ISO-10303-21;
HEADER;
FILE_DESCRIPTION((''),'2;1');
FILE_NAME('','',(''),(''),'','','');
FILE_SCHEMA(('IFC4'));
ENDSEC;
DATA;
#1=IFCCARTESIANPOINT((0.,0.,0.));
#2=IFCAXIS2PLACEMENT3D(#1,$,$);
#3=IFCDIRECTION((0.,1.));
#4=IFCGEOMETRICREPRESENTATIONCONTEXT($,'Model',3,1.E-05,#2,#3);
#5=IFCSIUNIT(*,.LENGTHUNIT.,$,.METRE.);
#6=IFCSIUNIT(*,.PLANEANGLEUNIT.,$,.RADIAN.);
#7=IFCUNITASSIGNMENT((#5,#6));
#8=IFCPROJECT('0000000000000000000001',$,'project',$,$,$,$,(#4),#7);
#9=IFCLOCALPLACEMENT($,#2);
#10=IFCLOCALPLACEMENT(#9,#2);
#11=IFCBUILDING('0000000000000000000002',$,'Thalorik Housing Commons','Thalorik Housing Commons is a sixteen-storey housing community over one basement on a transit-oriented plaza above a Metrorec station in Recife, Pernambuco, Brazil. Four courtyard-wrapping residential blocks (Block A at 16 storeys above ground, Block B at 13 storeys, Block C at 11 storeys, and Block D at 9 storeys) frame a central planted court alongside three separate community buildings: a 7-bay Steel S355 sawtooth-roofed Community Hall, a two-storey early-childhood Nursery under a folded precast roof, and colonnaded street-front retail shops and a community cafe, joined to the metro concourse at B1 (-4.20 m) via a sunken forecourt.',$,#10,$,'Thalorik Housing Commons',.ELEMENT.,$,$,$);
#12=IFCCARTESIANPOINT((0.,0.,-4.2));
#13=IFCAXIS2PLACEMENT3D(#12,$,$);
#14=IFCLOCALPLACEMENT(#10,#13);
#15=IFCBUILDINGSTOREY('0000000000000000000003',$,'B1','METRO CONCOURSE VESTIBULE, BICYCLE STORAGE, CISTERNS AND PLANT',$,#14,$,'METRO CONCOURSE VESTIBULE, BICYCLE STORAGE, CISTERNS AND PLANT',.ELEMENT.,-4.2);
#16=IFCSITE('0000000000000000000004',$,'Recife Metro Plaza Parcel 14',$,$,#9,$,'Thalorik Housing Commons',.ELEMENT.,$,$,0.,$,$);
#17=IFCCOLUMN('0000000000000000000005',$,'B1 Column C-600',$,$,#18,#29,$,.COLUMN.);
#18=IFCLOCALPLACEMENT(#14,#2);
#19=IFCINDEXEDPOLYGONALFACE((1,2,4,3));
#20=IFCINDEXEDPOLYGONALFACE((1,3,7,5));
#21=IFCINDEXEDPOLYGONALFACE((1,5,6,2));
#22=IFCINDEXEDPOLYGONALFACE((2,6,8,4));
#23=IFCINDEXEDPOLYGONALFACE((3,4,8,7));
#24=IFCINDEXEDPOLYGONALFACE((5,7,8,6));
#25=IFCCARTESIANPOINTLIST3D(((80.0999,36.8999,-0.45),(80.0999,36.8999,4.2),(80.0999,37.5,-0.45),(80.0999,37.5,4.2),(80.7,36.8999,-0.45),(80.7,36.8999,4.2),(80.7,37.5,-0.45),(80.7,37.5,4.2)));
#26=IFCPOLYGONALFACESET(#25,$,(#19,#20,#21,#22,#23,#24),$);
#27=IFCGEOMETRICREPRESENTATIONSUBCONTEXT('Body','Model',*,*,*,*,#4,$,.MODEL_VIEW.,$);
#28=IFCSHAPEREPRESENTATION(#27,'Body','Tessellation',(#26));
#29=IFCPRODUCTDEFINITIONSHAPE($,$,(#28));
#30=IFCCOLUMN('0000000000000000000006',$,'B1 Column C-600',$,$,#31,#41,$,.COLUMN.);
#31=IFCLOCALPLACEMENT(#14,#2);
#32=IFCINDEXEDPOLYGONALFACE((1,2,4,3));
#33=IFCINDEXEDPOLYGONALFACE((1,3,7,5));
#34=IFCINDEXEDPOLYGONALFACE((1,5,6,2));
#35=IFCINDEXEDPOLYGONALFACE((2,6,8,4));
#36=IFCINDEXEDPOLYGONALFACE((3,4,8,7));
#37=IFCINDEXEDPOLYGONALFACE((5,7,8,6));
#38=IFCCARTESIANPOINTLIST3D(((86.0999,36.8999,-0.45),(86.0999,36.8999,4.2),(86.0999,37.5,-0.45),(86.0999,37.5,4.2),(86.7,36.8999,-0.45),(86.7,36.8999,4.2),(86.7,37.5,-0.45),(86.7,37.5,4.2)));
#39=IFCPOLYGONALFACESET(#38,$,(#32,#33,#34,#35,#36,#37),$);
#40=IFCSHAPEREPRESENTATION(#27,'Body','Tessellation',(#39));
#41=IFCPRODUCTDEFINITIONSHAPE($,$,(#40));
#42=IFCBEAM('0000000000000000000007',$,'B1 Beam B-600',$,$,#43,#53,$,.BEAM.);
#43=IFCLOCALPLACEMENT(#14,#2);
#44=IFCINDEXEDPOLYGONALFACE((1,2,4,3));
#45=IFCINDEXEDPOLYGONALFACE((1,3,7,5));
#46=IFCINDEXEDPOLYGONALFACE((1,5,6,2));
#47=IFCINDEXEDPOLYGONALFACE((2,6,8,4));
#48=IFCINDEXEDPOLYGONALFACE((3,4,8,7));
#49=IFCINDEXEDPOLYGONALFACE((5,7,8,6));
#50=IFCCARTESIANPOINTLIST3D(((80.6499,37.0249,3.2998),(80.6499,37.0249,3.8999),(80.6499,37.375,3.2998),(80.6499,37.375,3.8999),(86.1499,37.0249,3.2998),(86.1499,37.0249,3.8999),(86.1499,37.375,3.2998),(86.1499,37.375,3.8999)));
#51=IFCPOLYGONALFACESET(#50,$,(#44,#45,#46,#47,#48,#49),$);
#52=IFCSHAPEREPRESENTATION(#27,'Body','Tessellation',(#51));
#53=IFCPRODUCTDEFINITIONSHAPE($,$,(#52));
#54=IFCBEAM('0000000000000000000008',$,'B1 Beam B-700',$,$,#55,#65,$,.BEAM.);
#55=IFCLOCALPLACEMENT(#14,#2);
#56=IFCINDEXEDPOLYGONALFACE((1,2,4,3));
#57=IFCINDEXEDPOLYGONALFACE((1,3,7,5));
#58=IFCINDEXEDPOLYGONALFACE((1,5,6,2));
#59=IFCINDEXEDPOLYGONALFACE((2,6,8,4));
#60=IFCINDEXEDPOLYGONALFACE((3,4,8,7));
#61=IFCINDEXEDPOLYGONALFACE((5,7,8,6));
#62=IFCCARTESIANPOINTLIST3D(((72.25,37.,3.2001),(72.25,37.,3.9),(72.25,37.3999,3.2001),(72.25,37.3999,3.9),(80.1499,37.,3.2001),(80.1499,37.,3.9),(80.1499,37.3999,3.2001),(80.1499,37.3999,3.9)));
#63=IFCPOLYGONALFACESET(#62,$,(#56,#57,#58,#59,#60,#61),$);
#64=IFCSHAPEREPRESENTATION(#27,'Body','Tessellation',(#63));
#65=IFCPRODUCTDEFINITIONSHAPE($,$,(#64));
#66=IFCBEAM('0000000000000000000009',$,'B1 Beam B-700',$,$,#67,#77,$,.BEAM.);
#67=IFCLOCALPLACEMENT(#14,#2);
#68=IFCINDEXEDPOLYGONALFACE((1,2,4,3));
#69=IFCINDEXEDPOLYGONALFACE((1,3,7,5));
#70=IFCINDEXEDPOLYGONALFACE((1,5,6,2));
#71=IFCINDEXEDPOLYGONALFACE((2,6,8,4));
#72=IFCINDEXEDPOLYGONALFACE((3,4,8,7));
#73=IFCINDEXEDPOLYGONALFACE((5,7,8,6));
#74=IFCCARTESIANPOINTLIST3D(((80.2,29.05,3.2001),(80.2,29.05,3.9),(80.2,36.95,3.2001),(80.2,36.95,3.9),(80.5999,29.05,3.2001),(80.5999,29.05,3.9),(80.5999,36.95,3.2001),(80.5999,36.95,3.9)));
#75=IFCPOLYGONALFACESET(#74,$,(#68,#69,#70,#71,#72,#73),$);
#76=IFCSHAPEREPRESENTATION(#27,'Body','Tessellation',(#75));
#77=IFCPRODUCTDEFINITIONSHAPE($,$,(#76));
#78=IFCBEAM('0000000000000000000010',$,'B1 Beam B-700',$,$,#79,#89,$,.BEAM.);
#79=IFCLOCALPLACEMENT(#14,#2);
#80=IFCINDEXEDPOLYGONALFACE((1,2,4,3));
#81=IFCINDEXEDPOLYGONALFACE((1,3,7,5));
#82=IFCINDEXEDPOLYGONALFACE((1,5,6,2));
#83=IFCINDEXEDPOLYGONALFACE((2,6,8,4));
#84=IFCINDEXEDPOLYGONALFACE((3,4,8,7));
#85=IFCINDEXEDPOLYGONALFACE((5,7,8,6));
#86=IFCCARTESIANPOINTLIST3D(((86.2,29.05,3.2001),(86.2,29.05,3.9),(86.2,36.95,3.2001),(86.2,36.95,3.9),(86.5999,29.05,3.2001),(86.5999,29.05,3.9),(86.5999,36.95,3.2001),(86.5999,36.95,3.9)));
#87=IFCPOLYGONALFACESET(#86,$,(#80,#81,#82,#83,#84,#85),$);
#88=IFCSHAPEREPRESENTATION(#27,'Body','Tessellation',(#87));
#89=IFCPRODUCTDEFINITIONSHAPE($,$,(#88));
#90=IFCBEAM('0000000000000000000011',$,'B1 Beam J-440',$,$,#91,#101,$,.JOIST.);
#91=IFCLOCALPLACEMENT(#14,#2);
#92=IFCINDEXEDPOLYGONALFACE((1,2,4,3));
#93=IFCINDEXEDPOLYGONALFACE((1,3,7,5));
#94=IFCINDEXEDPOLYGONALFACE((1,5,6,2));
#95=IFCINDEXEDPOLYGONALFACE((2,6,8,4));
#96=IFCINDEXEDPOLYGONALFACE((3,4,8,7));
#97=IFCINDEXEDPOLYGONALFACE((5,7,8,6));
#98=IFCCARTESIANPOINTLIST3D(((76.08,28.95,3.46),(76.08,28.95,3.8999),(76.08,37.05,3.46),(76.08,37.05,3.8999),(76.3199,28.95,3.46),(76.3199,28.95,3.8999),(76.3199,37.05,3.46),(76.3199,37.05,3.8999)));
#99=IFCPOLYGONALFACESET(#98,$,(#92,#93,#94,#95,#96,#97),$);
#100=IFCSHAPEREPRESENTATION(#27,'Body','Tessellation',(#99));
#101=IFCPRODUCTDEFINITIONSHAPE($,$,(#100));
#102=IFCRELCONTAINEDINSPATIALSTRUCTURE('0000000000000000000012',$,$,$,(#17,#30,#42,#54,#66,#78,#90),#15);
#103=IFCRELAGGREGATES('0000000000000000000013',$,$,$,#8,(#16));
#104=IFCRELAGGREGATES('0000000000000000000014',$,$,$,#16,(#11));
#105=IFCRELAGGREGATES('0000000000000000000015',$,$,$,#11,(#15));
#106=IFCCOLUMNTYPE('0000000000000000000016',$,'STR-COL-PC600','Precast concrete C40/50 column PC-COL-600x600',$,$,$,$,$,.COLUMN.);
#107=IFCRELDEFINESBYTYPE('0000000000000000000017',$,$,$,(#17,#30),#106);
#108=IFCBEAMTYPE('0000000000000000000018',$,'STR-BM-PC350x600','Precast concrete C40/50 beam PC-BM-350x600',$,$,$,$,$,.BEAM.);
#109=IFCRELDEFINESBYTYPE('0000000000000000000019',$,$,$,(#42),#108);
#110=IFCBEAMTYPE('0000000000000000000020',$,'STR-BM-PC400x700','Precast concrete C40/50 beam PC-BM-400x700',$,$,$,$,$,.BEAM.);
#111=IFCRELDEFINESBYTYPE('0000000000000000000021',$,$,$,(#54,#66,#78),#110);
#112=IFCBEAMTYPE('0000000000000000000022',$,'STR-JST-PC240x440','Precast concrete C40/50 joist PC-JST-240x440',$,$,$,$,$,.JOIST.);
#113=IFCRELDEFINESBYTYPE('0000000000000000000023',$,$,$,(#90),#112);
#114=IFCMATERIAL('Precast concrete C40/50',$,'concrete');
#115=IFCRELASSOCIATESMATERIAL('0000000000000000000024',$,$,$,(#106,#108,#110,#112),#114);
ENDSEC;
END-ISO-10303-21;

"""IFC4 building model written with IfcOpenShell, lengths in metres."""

from ifc_helpers import new_model, si_unit, direction, frame, origin, origin_2d, place, context, subcontext, project, spatial, rectangle, extrude, material, material_profile, profile_set, type_object, element, save


model = new_model("IFC4")

# Units and contexts
model_context = context("Model", 3, precision=1e-05, world=origin(), true_north=direction((0.0, 1.0)))
body_context = subcontext(model_context, "Body", "Model", "MODEL_VIEW")
ifc_project = project(units=[si_unit("LENGTHUNIT", "METRE"), si_unit("PLANEANGLEUNIT", "RADIAN")], contexts=[model_context])

# Site, building, storey
site_placement = place(None, origin())
site = spatial("IfcSite", under=ifc_project, at=site_placement, Name="Recife Metro Plaza Parcel 14", LongName="Thalorik Housing Commons", CompositionType="ELEMENT", RefElevation=0.0)
building_placement = place(site_placement, origin())
building = spatial("IfcBuilding", under=site, at=building_placement, Name="Thalorik Housing Commons", Description="Thalorik Housing Commons is a sixteen-storey housing community over one basement on a transit-oriented plaza above a Metrorec station in Recife, Pernambuco, Brazil. Four courtyard-wrapping residential blocks (Block A at 16 storeys above ground, Block B at 13 storeys, Block C at 11 storeys, and Block D at 9 storeys) frame a central planted court alongside three separate community buildings: a 7-bay Steel S355 sawtooth-roofed Community Hall, a two-storey early-childhood Nursery under a folded precast roof, and colonnaded street-front retail shops and a community cafe, joined to the metro concourse at B1 (-4.20 m) via a sunken forecourt.", LongName="Thalorik Housing Commons", CompositionType="ELEMENT")
storey_placement = place(building_placement, frame((0.0, 0.0, -4.2)))
storey = spatial("IfcBuildingStorey", under=building, at=storey_placement, Name="B1", Description="METRO CONCOURSE VESTIBULE, BICYCLE STORAGE, CISTERNS AND PLANT", LongName="METRO CONCOURSE VESTIBULE, BICYCLE STORAGE, CISTERNS AND PLANT", CompositionType="ELEMENT", Elevation=-4.2)

# Columns
ifc_material_1 = material(Name="Precast concrete C40/50", Category="concrete")
ifc_material_profile_1 = material_profile(ifc_material_1, rectangle(XDim=0.6001, YDim=0.6001, at=origin_2d()), Name="PC 600x600", Category="concrete")
ifc_profile_set_1 = profile_set([ifc_material_profile_1], Name="Precast concrete C40/50")
column_type_1 = type_object("IfcColumnType", Name="STR-COL-PC600", Description="Precast concrete C40/50 column PC-COL-600x600", PredefinedType="COLUMN", material=ifc_profile_set_1)
for number, where, z_axis, x_axis, name in (
    (1, (80.3999, 37.2, -0.45), (0.0, 0.0, 1.0), (1.0, 0.0, 0.0), "B1 Column C-600"),
    (2, (86.3999, 37.2, -0.45), (0.0, 0.0, 1.0), (1.0, 0.0, 0.0), "B1 Column C-600"),
):
    element("IfcColumn", number, at=place(storey_placement, frame(where, z_axis=z_axis, x_axis=x_axis)), inside=storey, type_object=column_type_1, Name=name, PredefinedType="COLUMN", context=body_context, shape_type="SweptSolid", body=[
        extrude(rectangle(XDim=0.6001, YDim=0.6001, at=origin_2d()), origin(), (0.0, 0.0, 1.0), 4.6499),
    ])

# Beams
ifc_material_profile_2 = material_profile(ifc_material_1, rectangle(XDim=0.3501, YDim=0.6001, at=origin_2d()), Name="PC 350x600", Category="concrete")
ifc_profile_set_2 = profile_set([ifc_material_profile_2], Name="Precast concrete C40/50")
beam_type_1 = type_object("IfcBeamType", Name="STR-BM-PC350x600", Description="Precast concrete C40/50 beam PC-BM-350x600", PredefinedType="BEAM", material=ifc_profile_set_2)
beam_1_placement = place(storey_placement, frame((80.6499, 37.2, 3.5999), z_axis=(1.0, 0.0, 0.0), x_axis=(0.0, 1.0, 0.0)))
element("IfcBeam", 3, at=beam_1_placement, inside=storey, type_object=beam_type_1, Name="B1 Beam B-600", PredefinedType="BEAM", context=body_context, shape_type="SweptSolid", body=[
    extrude(rectangle(XDim=0.3501, YDim=0.6001, at=origin_2d()), origin(), (0.0, 0.0, 1.0), 5.5),
])
ifc_material_profile_3 = material_profile(ifc_material_1, rectangle(XDim=0.3999, YDim=0.7, at=origin_2d()), Name="PC 400x700", Category="concrete")
ifc_profile_set_3 = profile_set([ifc_material_profile_3], Name="Precast concrete C40/50")
beam_type_2 = type_object("IfcBeamType", Name="STR-BM-PC400x700", Description="Precast concrete C40/50 beam PC-BM-400x700", PredefinedType="BEAM", material=ifc_profile_set_3)
for number, where, z_axis, x_axis, name in (
    (4, (72.25, 37.2, 3.55), (1.0, 0.0, 0.0), (0.0, 1.0, 0.0), "B1 Beam B-700"),
    (5, (80.3999, 29.05, 3.55), (0.0, 1.0, 0.0), (-1.0, 0.0, 0.0), "B1 Beam B-700"),
    (6, (86.3999, 29.05, 3.55), (0.0, 1.0, 0.0), (-1.0, 0.0, 0.0), "B1 Beam B-700"),
):
    element("IfcBeam", number, at=place(storey_placement, frame(where, z_axis=z_axis, x_axis=x_axis)), inside=storey, type_object=beam_type_2, Name=name, PredefinedType="BEAM", context=body_context, shape_type="SweptSolid", body=[
        extrude(rectangle(XDim=0.3999, YDim=0.7, at=origin_2d()), origin(), (0.0, 0.0, 1.0), 7.8999),
    ])
ifc_material_profile_4 = material_profile(ifc_material_1, rectangle(XDim=0.24, YDim=0.4399, at=origin_2d()), Name="PC JST 240x440", Category="concrete")
ifc_profile_set_4 = profile_set([ifc_material_profile_4], Name="Precast concrete C40/50")
beam_type_3 = type_object("IfcBeamType", Name="STR-JST-PC240x440", Description="Precast concrete C40/50 joist PC-JST-240x440", PredefinedType="JOIST", material=ifc_profile_set_4)
beam_2_placement = place(storey_placement, frame((76.2, 28.95, 3.6799), z_axis=(0.0, 1.0, 0.0), x_axis=(-1.0, 0.0, 0.0)))
element("IfcBeam", 7, at=beam_2_placement, inside=storey, type_object=beam_type_3, Name="B1 Beam J-440", PredefinedType="JOIST", context=body_context, shape_type="SweptSolid", body=[
    extrude(rectangle(XDim=0.24, YDim=0.4399, at=origin_2d()), origin(), (0.0, 0.0, 1.0), 8.1001),
])

save(model, "model.ifc")
